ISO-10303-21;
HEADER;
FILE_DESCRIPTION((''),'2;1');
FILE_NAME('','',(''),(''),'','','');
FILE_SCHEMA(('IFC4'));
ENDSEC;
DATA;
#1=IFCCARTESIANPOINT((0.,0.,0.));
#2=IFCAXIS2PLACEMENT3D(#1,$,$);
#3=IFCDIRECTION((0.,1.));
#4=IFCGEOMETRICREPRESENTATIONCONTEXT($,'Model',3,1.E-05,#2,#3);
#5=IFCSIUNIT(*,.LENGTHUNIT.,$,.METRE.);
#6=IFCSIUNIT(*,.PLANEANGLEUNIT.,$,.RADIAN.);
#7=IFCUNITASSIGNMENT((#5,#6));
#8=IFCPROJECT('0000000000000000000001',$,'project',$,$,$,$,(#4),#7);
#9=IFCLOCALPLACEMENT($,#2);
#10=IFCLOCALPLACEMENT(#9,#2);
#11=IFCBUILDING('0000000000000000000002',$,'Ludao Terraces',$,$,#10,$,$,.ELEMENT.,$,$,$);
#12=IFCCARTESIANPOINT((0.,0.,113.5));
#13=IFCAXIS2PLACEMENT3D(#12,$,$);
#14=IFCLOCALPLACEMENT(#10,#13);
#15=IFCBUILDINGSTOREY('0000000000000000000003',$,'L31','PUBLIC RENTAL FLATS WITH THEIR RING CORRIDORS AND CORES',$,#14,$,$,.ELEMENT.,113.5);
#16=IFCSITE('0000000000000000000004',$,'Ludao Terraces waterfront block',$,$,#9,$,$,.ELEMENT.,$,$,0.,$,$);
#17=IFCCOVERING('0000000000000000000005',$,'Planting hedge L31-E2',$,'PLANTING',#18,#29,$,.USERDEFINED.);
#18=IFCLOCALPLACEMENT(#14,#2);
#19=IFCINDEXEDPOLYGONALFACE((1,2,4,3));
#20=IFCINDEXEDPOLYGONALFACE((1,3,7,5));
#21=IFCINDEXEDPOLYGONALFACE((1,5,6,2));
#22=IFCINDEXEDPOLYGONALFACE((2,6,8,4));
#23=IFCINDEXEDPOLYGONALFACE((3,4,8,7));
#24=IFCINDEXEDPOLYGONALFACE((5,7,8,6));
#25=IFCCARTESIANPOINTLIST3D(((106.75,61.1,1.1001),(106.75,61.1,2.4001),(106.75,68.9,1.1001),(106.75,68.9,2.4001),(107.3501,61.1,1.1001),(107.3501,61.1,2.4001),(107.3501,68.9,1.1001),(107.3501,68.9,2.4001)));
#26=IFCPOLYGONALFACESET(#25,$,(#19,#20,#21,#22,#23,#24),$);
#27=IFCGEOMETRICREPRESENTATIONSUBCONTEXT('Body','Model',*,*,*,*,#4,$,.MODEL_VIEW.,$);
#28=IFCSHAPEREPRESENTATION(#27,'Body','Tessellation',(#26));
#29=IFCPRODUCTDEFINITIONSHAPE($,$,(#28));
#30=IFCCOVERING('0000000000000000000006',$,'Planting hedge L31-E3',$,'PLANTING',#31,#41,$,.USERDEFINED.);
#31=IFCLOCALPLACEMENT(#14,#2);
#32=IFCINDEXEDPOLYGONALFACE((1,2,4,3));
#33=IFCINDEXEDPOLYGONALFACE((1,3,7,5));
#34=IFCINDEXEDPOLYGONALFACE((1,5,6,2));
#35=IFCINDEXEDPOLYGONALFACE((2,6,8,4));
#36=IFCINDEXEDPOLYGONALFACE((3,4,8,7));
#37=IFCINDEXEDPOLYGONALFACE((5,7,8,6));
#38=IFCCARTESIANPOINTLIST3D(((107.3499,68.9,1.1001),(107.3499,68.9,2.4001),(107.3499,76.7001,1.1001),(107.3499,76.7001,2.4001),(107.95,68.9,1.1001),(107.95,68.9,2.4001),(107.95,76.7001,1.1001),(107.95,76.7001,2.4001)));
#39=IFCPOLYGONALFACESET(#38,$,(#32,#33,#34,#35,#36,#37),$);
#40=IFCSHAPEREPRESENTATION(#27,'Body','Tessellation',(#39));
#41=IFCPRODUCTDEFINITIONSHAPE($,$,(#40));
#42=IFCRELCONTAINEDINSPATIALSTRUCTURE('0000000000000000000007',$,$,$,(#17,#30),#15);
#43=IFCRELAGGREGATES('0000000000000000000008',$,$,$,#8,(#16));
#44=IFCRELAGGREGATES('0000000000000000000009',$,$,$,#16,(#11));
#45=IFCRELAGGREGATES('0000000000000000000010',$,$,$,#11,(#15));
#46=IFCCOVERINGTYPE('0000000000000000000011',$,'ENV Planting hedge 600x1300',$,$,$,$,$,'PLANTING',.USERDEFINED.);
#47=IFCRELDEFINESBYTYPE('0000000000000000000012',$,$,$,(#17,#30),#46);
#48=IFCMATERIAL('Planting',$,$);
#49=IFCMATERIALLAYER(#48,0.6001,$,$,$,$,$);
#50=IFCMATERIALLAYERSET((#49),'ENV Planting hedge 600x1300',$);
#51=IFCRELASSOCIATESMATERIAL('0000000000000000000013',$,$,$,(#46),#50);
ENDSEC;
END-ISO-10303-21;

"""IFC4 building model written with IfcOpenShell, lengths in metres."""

from ifc_helpers import new_model, si_unit, direction, frame, origin, origin_2d, place, context, subcontext, project, spatial, rectangle, extrude, material, layer, layer_set, type_object, element, save


model = new_model("IFC4")

# Units and contexts
model_context = context("Model", 3, precision=1e-05, world=origin(), true_north=direction((0.0, 1.0)))
body_context = subcontext(model_context, "Body", "Model", "MODEL_VIEW")
ifc_project = project(units=[si_unit("LENGTHUNIT", "METRE"), si_unit("PLANEANGLEUNIT", "RADIAN")], contexts=[model_context])

# Site, building, storey
site_placement = place(None, origin())
site = spatial("IfcSite", under=ifc_project, at=site_placement, Name="Ludao Terraces waterfront block", CompositionType="ELEMENT", RefElevation=0.0)
building_placement = place(site_placement, origin())
building = spatial("IfcBuilding", under=site, at=building_placement, Name="Ludao Terraces", CompositionType="ELEMENT")
storey_placement = place(building_placement, frame((0.0, 0.0, 113.5)))
storey = spatial("IfcBuildingStorey", under=building, at=storey_placement, Name="L31", Description="PUBLIC RENTAL FLATS WITH THEIR RING CORRIDORS AND CORES", CompositionType="ELEMENT", Elevation=113.5)

# Coverings
ifc_material_1 = material(Name="Planting")
ifc_layer_1 = layer(ifc_material_1, 0.6001)
ifc_layer_set_1 = layer_set([ifc_layer_1], Name="ENV Planting hedge 600x1300")
covering_type = type_object("IfcCoveringType", Name="ENV Planting hedge 600x1300", ElementType="PLANTING", PredefinedType="USERDEFINED", material=ifc_layer_set_1)
for number, where, z_axis, x_axis, name in (
    (1, (107.05, 65.0, 1.1001), (0.0, 0.0, 1.0), (1.0, 0.0, 0.0), "Planting hedge L31-E2"),
    (2, (107.6499, 72.8, 1.1001), (0.0, 0.0, 1.0), (1.0, 0.0, 0.0), "Planting hedge L31-E3"),
):
    element("IfcCovering", number, at=place(storey_placement, frame(where, z_axis=z_axis, x_axis=x_axis)), inside=storey, type_object=covering_type, Name=name, ObjectType="PLANTING", PredefinedType="USERDEFINED", context=body_context, shape_type="SweptSolid", body=[
        extrude(rectangle(XDim=0.6001, YDim=7.8, at=origin_2d()), origin(), (0.0, 0.0, 1.0), 1.3),
    ])

save(model, "model.ifc")
